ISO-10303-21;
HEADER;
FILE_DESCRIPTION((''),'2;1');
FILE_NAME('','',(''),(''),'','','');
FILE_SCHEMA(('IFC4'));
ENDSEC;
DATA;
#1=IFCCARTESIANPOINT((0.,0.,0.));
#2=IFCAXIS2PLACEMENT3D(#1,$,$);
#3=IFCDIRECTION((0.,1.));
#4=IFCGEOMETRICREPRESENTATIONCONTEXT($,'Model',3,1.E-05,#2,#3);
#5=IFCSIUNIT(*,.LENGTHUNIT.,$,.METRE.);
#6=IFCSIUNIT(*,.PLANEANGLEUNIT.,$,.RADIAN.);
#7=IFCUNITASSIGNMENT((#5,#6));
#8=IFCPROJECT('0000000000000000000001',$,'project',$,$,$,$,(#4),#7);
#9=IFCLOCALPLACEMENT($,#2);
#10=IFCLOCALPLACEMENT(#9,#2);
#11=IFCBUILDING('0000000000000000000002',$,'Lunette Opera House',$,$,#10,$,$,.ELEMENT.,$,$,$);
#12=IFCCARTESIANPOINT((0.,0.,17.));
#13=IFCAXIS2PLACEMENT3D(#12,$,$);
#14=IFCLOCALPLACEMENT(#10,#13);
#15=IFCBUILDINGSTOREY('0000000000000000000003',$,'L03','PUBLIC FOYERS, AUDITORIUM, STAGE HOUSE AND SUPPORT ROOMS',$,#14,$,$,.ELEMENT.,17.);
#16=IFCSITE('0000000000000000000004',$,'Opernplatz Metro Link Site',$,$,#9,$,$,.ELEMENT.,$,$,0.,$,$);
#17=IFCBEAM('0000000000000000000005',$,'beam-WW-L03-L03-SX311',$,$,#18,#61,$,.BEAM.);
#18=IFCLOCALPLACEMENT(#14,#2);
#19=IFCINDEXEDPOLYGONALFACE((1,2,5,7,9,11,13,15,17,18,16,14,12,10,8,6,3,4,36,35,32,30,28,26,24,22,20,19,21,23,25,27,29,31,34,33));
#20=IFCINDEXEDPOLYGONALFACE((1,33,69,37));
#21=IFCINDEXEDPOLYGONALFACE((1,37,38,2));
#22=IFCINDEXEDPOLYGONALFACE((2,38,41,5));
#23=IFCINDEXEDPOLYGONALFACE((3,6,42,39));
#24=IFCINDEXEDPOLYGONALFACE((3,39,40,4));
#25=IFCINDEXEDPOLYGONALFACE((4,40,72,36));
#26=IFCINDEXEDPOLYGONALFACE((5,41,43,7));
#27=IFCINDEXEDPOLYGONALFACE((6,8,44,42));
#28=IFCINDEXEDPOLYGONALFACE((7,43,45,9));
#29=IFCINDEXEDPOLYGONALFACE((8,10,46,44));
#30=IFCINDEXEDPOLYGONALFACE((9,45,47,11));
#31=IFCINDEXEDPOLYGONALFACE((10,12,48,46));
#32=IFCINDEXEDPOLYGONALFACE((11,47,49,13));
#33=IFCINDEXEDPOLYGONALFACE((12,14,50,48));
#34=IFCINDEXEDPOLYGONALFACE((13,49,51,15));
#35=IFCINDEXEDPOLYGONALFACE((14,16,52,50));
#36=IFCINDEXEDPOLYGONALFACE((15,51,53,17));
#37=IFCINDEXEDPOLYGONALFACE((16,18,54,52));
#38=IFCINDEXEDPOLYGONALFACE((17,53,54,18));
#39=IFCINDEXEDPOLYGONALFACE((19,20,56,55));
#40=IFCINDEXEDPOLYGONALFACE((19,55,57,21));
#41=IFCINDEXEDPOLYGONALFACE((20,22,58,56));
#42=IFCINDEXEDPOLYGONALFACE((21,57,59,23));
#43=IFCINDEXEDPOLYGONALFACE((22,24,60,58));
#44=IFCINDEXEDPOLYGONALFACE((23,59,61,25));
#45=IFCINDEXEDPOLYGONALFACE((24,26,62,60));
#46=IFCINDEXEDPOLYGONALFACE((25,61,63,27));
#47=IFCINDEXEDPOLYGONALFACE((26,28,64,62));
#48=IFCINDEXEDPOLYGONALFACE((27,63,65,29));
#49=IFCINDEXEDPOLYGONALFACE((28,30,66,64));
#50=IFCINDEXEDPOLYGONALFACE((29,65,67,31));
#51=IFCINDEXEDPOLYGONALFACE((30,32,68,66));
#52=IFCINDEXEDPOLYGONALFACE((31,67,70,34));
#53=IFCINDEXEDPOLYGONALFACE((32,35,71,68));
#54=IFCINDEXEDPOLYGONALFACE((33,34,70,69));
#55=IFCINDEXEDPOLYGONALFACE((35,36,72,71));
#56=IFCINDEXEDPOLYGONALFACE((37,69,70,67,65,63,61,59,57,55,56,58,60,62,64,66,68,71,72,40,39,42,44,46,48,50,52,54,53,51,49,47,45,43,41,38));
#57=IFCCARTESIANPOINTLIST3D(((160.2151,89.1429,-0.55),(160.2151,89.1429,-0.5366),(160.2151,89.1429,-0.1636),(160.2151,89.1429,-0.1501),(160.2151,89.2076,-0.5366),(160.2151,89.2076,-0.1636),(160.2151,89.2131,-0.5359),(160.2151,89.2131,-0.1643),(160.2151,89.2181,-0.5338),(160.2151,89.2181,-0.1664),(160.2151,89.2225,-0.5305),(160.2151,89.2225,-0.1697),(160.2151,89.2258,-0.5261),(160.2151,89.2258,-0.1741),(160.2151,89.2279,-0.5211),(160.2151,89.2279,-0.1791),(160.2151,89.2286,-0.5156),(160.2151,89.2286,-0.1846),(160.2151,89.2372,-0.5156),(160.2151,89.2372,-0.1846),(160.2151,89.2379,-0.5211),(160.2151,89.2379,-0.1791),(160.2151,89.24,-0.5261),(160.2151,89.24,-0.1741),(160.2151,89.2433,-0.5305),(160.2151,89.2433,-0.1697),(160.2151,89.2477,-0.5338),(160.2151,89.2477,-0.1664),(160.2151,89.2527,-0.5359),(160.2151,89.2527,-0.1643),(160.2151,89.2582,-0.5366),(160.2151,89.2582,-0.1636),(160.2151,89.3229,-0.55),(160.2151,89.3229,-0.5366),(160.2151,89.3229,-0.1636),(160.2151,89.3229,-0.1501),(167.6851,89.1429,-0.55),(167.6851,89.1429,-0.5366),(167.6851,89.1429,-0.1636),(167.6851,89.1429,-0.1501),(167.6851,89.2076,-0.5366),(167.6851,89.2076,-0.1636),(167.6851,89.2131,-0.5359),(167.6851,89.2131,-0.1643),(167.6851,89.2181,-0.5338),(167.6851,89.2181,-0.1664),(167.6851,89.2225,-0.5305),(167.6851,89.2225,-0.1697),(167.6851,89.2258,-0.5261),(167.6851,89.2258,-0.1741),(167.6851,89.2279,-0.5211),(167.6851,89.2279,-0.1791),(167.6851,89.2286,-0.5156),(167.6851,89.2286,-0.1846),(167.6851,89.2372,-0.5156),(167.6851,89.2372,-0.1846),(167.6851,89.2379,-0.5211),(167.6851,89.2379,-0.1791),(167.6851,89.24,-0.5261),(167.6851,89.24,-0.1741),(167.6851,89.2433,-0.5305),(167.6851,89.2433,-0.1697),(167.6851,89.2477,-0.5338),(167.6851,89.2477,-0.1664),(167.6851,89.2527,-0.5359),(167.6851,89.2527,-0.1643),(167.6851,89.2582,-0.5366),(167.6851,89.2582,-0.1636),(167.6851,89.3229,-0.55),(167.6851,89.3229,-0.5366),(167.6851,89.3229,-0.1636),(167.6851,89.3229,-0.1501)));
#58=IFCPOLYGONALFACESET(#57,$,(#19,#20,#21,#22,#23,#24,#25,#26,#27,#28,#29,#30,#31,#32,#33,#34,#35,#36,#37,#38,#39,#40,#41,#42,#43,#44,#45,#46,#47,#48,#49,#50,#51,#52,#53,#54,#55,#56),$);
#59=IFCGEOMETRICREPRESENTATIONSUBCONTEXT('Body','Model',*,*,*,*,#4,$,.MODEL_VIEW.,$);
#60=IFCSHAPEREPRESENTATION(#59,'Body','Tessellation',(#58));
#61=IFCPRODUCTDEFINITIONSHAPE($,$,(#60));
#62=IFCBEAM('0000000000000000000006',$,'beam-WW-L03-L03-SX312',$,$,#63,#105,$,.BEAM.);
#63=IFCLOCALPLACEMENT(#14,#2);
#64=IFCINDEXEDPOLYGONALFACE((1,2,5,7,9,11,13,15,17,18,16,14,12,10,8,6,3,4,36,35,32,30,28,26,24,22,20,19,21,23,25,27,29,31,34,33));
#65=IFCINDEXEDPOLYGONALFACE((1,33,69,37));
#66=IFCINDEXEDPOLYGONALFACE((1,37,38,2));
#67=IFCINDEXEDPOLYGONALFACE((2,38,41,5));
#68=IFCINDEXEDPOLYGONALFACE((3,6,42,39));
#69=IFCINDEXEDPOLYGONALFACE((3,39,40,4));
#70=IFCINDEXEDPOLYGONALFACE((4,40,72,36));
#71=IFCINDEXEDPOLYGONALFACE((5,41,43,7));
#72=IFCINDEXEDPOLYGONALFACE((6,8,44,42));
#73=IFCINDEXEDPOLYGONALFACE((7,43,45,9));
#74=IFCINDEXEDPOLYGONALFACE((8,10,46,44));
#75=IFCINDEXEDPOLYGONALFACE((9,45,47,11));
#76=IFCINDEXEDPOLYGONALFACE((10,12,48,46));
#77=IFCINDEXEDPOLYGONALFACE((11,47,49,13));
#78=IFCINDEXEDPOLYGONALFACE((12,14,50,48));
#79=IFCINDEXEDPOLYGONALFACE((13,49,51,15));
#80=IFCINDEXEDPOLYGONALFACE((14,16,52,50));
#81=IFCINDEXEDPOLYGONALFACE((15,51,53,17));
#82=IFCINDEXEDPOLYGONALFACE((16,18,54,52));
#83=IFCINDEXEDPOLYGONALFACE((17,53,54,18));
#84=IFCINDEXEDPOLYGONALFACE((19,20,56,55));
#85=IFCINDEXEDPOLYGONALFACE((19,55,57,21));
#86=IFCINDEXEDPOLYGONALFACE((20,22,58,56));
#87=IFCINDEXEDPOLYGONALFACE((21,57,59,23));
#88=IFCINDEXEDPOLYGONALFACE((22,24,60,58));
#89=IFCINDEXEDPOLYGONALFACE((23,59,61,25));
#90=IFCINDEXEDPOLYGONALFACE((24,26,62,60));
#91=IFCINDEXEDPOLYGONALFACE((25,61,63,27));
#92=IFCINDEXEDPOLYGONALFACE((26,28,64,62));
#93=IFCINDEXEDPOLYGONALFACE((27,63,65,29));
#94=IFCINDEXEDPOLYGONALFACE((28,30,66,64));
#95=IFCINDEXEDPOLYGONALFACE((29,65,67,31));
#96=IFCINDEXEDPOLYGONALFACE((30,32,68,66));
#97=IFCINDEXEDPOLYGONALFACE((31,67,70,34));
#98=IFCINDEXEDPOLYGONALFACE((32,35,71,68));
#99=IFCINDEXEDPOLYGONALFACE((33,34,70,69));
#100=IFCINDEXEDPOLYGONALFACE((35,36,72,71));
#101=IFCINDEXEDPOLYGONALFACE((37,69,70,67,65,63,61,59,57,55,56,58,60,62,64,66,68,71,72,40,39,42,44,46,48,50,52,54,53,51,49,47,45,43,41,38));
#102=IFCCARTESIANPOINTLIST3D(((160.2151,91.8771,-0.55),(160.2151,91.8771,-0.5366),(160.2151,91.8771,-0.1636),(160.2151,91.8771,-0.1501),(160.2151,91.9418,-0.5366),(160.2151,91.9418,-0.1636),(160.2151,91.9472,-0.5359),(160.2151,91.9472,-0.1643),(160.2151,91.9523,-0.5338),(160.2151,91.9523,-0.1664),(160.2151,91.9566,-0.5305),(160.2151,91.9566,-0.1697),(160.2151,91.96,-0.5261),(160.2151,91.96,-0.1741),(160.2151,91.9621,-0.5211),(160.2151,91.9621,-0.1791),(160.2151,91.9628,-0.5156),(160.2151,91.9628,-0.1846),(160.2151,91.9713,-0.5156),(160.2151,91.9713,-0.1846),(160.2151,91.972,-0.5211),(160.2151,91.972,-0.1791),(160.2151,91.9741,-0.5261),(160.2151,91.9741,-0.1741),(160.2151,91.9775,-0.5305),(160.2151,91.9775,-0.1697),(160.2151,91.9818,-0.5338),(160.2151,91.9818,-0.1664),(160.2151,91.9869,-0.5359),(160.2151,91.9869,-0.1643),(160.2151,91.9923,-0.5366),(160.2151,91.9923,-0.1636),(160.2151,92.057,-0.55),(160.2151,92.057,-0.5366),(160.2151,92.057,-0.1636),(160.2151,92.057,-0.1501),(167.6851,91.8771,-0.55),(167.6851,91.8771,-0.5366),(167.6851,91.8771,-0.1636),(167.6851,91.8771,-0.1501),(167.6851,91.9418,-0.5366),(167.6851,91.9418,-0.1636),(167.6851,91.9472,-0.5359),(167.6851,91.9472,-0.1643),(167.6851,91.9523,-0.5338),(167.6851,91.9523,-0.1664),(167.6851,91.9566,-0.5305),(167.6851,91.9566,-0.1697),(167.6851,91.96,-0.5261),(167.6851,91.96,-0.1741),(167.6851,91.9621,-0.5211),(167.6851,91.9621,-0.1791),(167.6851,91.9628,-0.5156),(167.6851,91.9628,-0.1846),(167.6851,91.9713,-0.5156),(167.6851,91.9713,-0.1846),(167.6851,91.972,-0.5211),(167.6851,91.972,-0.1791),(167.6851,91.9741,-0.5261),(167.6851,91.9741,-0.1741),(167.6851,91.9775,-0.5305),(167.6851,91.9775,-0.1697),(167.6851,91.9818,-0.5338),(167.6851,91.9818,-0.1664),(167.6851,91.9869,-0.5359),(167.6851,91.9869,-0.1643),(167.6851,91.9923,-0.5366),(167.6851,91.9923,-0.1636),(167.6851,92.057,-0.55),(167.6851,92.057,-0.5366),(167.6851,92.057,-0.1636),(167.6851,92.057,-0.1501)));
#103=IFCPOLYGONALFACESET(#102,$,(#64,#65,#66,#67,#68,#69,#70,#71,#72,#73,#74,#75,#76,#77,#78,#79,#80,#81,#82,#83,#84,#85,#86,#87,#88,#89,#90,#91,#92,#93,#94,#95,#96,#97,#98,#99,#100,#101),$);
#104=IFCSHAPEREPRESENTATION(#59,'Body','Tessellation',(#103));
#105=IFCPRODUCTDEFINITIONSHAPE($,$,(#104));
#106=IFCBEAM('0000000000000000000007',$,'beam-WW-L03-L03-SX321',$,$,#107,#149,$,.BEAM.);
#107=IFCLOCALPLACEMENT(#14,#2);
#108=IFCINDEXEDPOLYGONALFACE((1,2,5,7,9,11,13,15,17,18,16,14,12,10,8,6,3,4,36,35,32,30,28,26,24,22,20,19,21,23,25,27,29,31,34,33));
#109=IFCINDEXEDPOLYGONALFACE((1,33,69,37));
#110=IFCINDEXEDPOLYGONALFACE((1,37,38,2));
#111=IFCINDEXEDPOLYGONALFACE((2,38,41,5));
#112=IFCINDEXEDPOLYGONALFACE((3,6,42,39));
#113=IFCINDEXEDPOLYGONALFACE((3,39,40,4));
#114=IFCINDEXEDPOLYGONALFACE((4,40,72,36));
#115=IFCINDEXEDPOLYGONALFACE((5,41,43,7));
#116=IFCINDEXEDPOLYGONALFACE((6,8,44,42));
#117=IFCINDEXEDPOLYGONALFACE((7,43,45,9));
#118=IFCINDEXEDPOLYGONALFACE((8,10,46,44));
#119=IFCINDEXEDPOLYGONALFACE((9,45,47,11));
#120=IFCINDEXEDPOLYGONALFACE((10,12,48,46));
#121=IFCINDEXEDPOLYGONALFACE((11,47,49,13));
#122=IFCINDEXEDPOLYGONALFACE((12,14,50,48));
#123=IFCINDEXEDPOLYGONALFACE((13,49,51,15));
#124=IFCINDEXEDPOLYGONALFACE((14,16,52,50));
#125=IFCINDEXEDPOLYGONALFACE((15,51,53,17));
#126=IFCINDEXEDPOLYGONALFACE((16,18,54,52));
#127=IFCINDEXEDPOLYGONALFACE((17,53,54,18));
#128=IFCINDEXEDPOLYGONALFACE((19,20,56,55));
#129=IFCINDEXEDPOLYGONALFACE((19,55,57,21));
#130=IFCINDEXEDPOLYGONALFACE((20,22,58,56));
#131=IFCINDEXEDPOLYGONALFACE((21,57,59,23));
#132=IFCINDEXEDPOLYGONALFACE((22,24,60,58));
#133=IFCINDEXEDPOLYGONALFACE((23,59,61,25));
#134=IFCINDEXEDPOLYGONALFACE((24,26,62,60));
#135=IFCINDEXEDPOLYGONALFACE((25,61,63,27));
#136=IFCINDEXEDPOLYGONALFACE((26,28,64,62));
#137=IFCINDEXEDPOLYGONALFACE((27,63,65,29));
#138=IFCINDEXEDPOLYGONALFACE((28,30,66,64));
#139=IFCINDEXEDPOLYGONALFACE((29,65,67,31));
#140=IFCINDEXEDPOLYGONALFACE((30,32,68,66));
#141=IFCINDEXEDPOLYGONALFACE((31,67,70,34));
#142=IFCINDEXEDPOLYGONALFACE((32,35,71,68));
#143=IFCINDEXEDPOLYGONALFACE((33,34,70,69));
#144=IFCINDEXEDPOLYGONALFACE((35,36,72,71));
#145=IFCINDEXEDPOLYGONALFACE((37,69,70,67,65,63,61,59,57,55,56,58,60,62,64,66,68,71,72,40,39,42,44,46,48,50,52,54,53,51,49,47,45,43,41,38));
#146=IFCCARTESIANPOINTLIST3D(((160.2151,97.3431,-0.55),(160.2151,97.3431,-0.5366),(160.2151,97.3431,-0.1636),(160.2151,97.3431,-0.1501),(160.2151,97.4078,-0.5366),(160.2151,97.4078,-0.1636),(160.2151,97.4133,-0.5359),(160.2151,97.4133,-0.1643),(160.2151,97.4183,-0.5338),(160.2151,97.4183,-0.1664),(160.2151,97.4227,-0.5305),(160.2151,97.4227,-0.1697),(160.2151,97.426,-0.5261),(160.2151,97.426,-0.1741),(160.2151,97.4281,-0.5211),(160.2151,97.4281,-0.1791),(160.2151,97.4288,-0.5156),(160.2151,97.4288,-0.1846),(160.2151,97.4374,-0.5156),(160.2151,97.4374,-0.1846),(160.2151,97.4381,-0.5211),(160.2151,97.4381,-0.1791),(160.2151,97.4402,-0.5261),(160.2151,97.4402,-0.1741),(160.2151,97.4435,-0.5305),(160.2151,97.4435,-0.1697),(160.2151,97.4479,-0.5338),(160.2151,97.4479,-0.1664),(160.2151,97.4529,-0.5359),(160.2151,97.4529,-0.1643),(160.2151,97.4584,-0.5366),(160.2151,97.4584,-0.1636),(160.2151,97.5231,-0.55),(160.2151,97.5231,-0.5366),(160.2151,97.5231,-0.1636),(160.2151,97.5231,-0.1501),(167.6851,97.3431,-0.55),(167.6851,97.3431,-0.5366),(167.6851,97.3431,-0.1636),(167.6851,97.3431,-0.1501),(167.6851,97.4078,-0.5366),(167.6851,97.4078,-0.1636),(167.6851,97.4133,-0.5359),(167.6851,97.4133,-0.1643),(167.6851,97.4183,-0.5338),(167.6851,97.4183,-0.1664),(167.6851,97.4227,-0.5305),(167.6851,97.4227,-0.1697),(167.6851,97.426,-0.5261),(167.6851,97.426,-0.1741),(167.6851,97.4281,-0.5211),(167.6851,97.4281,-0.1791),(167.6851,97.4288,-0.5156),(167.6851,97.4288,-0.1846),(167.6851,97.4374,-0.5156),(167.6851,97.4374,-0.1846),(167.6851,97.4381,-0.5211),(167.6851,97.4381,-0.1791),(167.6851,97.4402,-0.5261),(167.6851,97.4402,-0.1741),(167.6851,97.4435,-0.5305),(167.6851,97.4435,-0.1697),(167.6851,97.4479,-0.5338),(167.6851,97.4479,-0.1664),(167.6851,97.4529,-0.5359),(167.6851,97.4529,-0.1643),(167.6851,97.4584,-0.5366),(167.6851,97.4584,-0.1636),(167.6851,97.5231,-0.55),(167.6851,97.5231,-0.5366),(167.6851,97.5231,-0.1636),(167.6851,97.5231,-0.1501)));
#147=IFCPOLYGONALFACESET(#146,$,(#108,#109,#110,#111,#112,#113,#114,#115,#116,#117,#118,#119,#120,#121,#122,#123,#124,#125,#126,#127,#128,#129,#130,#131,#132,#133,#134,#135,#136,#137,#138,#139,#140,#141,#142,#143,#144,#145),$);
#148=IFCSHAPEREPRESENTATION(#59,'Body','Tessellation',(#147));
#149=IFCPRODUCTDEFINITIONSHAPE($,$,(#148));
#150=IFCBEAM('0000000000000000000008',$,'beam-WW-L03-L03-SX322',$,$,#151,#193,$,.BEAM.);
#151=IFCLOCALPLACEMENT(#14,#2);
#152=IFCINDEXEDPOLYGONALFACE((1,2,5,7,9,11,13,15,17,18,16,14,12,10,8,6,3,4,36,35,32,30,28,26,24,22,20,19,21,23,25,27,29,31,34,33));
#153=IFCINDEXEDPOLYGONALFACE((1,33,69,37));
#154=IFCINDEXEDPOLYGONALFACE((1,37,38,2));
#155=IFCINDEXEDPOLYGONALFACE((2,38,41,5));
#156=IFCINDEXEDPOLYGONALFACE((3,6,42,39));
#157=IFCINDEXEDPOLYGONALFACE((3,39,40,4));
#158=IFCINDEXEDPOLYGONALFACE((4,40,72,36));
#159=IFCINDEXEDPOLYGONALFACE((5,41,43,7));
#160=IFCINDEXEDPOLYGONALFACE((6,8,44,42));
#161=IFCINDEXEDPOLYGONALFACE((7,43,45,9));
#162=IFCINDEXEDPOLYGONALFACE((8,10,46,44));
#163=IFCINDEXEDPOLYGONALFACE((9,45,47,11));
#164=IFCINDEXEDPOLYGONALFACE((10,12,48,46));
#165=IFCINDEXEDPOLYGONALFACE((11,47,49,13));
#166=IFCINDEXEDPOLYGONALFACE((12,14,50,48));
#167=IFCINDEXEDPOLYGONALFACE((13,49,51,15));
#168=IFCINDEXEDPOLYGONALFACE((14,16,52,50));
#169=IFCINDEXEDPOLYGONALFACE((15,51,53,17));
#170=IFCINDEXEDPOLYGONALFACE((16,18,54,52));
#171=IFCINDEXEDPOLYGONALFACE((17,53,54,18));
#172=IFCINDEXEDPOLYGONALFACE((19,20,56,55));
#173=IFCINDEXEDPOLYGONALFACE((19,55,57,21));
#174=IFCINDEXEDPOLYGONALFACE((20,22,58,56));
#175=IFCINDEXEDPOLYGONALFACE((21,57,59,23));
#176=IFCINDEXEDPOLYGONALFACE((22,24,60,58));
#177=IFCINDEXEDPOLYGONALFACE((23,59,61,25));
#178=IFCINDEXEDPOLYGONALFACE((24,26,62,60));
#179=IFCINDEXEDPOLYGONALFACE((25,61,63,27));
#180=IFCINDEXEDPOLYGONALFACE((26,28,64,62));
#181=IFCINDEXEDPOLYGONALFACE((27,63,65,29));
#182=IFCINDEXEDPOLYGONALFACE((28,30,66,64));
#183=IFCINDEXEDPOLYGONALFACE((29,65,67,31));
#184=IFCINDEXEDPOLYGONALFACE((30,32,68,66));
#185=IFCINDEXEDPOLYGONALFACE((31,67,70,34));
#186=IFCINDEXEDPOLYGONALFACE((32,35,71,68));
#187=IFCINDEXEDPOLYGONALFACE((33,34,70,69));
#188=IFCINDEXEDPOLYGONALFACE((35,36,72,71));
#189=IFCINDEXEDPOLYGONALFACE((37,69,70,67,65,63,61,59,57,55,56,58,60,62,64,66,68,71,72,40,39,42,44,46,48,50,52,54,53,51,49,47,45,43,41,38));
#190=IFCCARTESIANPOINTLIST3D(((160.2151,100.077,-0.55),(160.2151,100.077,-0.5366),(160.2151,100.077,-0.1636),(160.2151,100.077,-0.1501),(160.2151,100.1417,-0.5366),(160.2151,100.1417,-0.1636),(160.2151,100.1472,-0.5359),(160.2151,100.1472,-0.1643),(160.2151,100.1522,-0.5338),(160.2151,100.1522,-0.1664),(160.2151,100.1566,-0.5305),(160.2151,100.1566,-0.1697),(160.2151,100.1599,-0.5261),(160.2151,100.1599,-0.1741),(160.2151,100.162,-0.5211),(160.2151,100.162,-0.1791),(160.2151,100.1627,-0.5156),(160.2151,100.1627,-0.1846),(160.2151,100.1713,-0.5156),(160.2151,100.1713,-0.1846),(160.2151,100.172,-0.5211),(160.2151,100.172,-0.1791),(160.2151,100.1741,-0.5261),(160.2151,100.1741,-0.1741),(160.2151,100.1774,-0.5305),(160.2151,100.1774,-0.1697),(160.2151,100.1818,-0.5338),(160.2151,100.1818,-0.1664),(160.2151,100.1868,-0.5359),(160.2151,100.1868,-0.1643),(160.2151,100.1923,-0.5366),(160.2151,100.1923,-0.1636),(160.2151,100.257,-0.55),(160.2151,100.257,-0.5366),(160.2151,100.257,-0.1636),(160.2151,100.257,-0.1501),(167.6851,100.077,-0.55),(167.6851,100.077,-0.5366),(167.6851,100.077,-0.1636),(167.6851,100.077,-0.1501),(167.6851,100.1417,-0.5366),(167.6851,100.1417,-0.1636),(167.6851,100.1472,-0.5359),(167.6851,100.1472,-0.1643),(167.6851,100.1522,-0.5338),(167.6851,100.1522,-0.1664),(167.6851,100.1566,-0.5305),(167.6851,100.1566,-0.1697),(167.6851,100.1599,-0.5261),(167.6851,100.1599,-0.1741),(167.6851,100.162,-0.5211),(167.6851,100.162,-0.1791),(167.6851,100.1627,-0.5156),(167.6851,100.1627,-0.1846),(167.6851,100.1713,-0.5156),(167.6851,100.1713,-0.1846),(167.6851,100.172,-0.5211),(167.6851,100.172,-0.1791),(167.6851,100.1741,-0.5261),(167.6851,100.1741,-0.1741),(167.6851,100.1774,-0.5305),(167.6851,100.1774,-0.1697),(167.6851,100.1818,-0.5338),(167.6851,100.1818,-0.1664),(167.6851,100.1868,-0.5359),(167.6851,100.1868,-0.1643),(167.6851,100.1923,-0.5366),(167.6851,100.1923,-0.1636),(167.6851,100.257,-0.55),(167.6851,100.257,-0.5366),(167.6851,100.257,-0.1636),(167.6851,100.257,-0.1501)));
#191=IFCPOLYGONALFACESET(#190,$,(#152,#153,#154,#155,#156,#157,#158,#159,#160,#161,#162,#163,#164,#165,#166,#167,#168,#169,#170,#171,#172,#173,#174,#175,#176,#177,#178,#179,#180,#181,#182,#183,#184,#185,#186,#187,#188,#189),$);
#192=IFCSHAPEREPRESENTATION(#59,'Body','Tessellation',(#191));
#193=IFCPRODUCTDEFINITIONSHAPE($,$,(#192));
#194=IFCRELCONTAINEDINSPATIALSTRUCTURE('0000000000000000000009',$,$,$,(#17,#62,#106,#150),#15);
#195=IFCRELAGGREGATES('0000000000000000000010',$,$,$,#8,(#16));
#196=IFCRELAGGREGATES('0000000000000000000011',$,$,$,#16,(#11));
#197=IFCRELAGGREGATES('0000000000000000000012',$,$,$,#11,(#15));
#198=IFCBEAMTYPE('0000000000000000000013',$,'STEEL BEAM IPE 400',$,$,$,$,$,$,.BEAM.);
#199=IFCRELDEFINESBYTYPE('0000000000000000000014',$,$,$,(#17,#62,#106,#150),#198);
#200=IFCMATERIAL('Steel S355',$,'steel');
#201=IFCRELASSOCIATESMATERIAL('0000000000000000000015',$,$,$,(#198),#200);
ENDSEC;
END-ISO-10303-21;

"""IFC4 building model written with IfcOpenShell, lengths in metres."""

from ifc_helpers import new_model, si_unit, direction, frame, origin, origin_2d, place, context, subcontext, project, spatial, i_section, extrude, material, material_profile, profile_set, type_object, element, save


model = new_model("IFC4")

# Units and contexts
model_context = context("Model", 3, precision=1e-05, world=origin(), true_north=direction((0.0, 1.0)))
body_context = subcontext(model_context, "Body", "Model", "MODEL_VIEW")
ifc_project = project(units=[si_unit("LENGTHUNIT", "METRE"), si_unit("PLANEANGLEUNIT", "RADIAN")], contexts=[model_context])

# Site, building, storey
site_placement = place(None, origin())
site = spatial("IfcSite", under=ifc_project, at=site_placement, Name="Opernplatz Metro Link Site", CompositionType="ELEMENT", RefElevation=0.0)
building_placement = place(site_placement, origin())
building = spatial("IfcBuilding", under=site, at=building_placement, Name="Lunette Opera House", CompositionType="ELEMENT")
storey_placement = place(building_placement, frame((0.0, 0.0, 17.0)))
storey = spatial("IfcBuildingStorey", under=building, at=storey_placement, Name="L03", Description="PUBLIC FOYERS, AUDITORIUM, STAGE HOUSE AND SUPPORT ROOMS", CompositionType="ELEMENT", Elevation=17.0)

# Beams
ifc_material_1 = material(Name="Steel S355", Category="steel")
ifc_material_profile_1 = material_profile(ifc_material_1, i_section(OverallWidth=0.1799, OverallDepth=0.3999, WebThickness=0.0085, FlangeThickness=0.0134, FilletRadius=0.021, at=origin_2d()), Name="IPE 400")
ifc_profile_set_1 = profile_set([ifc_material_profile_1], Name="Steel S355")
beam_type_1 = type_object("IfcBeamType", Name="STEEL BEAM IPE 400", PredefinedType="BEAM", material=ifc_profile_set_1)
for number, where, z_axis, x_axis, name in (
    (1, (160.2151, 89.2329, -0.3501), (1.0, 0.0, 0.0), (0.0, 1.0, 0.0), "beam-WW-L03-L03-SX311"),
    (2, (160.2151, 91.967, -0.3501), (1.0, 0.0, 0.0), (0.0, 1.0, 0.0), "beam-WW-L03-L03-SX312"),
    (3, (160.2151, 97.4331, -0.3501), (1.0, 0.0, 0.0), (0.0, 1.0, 0.0), "beam-WW-L03-L03-SX321"),
    (4, (160.2151, 100.167, -0.3501), (1.0, 0.0, 0.0), (0.0, 1.0, 0.0), "beam-WW-L03-L03-SX322"),
):
    element("IfcBeam", number, at=place(storey_placement, frame(where, z_axis=z_axis, x_axis=x_axis)), inside=storey, type_object=beam_type_1, Name=name, PredefinedType="BEAM", context=body_context, shape_type="SweptSolid", body=[
        extrude(i_section(OverallWidth=0.1799, OverallDepth=0.3999, WebThickness=0.0085, FlangeThickness=0.0134, FilletRadius=0.021, at=origin_2d()), origin(), (0.0, 0.0, 1.0), 7.47),
    ])

save(model, "model.ifc")
